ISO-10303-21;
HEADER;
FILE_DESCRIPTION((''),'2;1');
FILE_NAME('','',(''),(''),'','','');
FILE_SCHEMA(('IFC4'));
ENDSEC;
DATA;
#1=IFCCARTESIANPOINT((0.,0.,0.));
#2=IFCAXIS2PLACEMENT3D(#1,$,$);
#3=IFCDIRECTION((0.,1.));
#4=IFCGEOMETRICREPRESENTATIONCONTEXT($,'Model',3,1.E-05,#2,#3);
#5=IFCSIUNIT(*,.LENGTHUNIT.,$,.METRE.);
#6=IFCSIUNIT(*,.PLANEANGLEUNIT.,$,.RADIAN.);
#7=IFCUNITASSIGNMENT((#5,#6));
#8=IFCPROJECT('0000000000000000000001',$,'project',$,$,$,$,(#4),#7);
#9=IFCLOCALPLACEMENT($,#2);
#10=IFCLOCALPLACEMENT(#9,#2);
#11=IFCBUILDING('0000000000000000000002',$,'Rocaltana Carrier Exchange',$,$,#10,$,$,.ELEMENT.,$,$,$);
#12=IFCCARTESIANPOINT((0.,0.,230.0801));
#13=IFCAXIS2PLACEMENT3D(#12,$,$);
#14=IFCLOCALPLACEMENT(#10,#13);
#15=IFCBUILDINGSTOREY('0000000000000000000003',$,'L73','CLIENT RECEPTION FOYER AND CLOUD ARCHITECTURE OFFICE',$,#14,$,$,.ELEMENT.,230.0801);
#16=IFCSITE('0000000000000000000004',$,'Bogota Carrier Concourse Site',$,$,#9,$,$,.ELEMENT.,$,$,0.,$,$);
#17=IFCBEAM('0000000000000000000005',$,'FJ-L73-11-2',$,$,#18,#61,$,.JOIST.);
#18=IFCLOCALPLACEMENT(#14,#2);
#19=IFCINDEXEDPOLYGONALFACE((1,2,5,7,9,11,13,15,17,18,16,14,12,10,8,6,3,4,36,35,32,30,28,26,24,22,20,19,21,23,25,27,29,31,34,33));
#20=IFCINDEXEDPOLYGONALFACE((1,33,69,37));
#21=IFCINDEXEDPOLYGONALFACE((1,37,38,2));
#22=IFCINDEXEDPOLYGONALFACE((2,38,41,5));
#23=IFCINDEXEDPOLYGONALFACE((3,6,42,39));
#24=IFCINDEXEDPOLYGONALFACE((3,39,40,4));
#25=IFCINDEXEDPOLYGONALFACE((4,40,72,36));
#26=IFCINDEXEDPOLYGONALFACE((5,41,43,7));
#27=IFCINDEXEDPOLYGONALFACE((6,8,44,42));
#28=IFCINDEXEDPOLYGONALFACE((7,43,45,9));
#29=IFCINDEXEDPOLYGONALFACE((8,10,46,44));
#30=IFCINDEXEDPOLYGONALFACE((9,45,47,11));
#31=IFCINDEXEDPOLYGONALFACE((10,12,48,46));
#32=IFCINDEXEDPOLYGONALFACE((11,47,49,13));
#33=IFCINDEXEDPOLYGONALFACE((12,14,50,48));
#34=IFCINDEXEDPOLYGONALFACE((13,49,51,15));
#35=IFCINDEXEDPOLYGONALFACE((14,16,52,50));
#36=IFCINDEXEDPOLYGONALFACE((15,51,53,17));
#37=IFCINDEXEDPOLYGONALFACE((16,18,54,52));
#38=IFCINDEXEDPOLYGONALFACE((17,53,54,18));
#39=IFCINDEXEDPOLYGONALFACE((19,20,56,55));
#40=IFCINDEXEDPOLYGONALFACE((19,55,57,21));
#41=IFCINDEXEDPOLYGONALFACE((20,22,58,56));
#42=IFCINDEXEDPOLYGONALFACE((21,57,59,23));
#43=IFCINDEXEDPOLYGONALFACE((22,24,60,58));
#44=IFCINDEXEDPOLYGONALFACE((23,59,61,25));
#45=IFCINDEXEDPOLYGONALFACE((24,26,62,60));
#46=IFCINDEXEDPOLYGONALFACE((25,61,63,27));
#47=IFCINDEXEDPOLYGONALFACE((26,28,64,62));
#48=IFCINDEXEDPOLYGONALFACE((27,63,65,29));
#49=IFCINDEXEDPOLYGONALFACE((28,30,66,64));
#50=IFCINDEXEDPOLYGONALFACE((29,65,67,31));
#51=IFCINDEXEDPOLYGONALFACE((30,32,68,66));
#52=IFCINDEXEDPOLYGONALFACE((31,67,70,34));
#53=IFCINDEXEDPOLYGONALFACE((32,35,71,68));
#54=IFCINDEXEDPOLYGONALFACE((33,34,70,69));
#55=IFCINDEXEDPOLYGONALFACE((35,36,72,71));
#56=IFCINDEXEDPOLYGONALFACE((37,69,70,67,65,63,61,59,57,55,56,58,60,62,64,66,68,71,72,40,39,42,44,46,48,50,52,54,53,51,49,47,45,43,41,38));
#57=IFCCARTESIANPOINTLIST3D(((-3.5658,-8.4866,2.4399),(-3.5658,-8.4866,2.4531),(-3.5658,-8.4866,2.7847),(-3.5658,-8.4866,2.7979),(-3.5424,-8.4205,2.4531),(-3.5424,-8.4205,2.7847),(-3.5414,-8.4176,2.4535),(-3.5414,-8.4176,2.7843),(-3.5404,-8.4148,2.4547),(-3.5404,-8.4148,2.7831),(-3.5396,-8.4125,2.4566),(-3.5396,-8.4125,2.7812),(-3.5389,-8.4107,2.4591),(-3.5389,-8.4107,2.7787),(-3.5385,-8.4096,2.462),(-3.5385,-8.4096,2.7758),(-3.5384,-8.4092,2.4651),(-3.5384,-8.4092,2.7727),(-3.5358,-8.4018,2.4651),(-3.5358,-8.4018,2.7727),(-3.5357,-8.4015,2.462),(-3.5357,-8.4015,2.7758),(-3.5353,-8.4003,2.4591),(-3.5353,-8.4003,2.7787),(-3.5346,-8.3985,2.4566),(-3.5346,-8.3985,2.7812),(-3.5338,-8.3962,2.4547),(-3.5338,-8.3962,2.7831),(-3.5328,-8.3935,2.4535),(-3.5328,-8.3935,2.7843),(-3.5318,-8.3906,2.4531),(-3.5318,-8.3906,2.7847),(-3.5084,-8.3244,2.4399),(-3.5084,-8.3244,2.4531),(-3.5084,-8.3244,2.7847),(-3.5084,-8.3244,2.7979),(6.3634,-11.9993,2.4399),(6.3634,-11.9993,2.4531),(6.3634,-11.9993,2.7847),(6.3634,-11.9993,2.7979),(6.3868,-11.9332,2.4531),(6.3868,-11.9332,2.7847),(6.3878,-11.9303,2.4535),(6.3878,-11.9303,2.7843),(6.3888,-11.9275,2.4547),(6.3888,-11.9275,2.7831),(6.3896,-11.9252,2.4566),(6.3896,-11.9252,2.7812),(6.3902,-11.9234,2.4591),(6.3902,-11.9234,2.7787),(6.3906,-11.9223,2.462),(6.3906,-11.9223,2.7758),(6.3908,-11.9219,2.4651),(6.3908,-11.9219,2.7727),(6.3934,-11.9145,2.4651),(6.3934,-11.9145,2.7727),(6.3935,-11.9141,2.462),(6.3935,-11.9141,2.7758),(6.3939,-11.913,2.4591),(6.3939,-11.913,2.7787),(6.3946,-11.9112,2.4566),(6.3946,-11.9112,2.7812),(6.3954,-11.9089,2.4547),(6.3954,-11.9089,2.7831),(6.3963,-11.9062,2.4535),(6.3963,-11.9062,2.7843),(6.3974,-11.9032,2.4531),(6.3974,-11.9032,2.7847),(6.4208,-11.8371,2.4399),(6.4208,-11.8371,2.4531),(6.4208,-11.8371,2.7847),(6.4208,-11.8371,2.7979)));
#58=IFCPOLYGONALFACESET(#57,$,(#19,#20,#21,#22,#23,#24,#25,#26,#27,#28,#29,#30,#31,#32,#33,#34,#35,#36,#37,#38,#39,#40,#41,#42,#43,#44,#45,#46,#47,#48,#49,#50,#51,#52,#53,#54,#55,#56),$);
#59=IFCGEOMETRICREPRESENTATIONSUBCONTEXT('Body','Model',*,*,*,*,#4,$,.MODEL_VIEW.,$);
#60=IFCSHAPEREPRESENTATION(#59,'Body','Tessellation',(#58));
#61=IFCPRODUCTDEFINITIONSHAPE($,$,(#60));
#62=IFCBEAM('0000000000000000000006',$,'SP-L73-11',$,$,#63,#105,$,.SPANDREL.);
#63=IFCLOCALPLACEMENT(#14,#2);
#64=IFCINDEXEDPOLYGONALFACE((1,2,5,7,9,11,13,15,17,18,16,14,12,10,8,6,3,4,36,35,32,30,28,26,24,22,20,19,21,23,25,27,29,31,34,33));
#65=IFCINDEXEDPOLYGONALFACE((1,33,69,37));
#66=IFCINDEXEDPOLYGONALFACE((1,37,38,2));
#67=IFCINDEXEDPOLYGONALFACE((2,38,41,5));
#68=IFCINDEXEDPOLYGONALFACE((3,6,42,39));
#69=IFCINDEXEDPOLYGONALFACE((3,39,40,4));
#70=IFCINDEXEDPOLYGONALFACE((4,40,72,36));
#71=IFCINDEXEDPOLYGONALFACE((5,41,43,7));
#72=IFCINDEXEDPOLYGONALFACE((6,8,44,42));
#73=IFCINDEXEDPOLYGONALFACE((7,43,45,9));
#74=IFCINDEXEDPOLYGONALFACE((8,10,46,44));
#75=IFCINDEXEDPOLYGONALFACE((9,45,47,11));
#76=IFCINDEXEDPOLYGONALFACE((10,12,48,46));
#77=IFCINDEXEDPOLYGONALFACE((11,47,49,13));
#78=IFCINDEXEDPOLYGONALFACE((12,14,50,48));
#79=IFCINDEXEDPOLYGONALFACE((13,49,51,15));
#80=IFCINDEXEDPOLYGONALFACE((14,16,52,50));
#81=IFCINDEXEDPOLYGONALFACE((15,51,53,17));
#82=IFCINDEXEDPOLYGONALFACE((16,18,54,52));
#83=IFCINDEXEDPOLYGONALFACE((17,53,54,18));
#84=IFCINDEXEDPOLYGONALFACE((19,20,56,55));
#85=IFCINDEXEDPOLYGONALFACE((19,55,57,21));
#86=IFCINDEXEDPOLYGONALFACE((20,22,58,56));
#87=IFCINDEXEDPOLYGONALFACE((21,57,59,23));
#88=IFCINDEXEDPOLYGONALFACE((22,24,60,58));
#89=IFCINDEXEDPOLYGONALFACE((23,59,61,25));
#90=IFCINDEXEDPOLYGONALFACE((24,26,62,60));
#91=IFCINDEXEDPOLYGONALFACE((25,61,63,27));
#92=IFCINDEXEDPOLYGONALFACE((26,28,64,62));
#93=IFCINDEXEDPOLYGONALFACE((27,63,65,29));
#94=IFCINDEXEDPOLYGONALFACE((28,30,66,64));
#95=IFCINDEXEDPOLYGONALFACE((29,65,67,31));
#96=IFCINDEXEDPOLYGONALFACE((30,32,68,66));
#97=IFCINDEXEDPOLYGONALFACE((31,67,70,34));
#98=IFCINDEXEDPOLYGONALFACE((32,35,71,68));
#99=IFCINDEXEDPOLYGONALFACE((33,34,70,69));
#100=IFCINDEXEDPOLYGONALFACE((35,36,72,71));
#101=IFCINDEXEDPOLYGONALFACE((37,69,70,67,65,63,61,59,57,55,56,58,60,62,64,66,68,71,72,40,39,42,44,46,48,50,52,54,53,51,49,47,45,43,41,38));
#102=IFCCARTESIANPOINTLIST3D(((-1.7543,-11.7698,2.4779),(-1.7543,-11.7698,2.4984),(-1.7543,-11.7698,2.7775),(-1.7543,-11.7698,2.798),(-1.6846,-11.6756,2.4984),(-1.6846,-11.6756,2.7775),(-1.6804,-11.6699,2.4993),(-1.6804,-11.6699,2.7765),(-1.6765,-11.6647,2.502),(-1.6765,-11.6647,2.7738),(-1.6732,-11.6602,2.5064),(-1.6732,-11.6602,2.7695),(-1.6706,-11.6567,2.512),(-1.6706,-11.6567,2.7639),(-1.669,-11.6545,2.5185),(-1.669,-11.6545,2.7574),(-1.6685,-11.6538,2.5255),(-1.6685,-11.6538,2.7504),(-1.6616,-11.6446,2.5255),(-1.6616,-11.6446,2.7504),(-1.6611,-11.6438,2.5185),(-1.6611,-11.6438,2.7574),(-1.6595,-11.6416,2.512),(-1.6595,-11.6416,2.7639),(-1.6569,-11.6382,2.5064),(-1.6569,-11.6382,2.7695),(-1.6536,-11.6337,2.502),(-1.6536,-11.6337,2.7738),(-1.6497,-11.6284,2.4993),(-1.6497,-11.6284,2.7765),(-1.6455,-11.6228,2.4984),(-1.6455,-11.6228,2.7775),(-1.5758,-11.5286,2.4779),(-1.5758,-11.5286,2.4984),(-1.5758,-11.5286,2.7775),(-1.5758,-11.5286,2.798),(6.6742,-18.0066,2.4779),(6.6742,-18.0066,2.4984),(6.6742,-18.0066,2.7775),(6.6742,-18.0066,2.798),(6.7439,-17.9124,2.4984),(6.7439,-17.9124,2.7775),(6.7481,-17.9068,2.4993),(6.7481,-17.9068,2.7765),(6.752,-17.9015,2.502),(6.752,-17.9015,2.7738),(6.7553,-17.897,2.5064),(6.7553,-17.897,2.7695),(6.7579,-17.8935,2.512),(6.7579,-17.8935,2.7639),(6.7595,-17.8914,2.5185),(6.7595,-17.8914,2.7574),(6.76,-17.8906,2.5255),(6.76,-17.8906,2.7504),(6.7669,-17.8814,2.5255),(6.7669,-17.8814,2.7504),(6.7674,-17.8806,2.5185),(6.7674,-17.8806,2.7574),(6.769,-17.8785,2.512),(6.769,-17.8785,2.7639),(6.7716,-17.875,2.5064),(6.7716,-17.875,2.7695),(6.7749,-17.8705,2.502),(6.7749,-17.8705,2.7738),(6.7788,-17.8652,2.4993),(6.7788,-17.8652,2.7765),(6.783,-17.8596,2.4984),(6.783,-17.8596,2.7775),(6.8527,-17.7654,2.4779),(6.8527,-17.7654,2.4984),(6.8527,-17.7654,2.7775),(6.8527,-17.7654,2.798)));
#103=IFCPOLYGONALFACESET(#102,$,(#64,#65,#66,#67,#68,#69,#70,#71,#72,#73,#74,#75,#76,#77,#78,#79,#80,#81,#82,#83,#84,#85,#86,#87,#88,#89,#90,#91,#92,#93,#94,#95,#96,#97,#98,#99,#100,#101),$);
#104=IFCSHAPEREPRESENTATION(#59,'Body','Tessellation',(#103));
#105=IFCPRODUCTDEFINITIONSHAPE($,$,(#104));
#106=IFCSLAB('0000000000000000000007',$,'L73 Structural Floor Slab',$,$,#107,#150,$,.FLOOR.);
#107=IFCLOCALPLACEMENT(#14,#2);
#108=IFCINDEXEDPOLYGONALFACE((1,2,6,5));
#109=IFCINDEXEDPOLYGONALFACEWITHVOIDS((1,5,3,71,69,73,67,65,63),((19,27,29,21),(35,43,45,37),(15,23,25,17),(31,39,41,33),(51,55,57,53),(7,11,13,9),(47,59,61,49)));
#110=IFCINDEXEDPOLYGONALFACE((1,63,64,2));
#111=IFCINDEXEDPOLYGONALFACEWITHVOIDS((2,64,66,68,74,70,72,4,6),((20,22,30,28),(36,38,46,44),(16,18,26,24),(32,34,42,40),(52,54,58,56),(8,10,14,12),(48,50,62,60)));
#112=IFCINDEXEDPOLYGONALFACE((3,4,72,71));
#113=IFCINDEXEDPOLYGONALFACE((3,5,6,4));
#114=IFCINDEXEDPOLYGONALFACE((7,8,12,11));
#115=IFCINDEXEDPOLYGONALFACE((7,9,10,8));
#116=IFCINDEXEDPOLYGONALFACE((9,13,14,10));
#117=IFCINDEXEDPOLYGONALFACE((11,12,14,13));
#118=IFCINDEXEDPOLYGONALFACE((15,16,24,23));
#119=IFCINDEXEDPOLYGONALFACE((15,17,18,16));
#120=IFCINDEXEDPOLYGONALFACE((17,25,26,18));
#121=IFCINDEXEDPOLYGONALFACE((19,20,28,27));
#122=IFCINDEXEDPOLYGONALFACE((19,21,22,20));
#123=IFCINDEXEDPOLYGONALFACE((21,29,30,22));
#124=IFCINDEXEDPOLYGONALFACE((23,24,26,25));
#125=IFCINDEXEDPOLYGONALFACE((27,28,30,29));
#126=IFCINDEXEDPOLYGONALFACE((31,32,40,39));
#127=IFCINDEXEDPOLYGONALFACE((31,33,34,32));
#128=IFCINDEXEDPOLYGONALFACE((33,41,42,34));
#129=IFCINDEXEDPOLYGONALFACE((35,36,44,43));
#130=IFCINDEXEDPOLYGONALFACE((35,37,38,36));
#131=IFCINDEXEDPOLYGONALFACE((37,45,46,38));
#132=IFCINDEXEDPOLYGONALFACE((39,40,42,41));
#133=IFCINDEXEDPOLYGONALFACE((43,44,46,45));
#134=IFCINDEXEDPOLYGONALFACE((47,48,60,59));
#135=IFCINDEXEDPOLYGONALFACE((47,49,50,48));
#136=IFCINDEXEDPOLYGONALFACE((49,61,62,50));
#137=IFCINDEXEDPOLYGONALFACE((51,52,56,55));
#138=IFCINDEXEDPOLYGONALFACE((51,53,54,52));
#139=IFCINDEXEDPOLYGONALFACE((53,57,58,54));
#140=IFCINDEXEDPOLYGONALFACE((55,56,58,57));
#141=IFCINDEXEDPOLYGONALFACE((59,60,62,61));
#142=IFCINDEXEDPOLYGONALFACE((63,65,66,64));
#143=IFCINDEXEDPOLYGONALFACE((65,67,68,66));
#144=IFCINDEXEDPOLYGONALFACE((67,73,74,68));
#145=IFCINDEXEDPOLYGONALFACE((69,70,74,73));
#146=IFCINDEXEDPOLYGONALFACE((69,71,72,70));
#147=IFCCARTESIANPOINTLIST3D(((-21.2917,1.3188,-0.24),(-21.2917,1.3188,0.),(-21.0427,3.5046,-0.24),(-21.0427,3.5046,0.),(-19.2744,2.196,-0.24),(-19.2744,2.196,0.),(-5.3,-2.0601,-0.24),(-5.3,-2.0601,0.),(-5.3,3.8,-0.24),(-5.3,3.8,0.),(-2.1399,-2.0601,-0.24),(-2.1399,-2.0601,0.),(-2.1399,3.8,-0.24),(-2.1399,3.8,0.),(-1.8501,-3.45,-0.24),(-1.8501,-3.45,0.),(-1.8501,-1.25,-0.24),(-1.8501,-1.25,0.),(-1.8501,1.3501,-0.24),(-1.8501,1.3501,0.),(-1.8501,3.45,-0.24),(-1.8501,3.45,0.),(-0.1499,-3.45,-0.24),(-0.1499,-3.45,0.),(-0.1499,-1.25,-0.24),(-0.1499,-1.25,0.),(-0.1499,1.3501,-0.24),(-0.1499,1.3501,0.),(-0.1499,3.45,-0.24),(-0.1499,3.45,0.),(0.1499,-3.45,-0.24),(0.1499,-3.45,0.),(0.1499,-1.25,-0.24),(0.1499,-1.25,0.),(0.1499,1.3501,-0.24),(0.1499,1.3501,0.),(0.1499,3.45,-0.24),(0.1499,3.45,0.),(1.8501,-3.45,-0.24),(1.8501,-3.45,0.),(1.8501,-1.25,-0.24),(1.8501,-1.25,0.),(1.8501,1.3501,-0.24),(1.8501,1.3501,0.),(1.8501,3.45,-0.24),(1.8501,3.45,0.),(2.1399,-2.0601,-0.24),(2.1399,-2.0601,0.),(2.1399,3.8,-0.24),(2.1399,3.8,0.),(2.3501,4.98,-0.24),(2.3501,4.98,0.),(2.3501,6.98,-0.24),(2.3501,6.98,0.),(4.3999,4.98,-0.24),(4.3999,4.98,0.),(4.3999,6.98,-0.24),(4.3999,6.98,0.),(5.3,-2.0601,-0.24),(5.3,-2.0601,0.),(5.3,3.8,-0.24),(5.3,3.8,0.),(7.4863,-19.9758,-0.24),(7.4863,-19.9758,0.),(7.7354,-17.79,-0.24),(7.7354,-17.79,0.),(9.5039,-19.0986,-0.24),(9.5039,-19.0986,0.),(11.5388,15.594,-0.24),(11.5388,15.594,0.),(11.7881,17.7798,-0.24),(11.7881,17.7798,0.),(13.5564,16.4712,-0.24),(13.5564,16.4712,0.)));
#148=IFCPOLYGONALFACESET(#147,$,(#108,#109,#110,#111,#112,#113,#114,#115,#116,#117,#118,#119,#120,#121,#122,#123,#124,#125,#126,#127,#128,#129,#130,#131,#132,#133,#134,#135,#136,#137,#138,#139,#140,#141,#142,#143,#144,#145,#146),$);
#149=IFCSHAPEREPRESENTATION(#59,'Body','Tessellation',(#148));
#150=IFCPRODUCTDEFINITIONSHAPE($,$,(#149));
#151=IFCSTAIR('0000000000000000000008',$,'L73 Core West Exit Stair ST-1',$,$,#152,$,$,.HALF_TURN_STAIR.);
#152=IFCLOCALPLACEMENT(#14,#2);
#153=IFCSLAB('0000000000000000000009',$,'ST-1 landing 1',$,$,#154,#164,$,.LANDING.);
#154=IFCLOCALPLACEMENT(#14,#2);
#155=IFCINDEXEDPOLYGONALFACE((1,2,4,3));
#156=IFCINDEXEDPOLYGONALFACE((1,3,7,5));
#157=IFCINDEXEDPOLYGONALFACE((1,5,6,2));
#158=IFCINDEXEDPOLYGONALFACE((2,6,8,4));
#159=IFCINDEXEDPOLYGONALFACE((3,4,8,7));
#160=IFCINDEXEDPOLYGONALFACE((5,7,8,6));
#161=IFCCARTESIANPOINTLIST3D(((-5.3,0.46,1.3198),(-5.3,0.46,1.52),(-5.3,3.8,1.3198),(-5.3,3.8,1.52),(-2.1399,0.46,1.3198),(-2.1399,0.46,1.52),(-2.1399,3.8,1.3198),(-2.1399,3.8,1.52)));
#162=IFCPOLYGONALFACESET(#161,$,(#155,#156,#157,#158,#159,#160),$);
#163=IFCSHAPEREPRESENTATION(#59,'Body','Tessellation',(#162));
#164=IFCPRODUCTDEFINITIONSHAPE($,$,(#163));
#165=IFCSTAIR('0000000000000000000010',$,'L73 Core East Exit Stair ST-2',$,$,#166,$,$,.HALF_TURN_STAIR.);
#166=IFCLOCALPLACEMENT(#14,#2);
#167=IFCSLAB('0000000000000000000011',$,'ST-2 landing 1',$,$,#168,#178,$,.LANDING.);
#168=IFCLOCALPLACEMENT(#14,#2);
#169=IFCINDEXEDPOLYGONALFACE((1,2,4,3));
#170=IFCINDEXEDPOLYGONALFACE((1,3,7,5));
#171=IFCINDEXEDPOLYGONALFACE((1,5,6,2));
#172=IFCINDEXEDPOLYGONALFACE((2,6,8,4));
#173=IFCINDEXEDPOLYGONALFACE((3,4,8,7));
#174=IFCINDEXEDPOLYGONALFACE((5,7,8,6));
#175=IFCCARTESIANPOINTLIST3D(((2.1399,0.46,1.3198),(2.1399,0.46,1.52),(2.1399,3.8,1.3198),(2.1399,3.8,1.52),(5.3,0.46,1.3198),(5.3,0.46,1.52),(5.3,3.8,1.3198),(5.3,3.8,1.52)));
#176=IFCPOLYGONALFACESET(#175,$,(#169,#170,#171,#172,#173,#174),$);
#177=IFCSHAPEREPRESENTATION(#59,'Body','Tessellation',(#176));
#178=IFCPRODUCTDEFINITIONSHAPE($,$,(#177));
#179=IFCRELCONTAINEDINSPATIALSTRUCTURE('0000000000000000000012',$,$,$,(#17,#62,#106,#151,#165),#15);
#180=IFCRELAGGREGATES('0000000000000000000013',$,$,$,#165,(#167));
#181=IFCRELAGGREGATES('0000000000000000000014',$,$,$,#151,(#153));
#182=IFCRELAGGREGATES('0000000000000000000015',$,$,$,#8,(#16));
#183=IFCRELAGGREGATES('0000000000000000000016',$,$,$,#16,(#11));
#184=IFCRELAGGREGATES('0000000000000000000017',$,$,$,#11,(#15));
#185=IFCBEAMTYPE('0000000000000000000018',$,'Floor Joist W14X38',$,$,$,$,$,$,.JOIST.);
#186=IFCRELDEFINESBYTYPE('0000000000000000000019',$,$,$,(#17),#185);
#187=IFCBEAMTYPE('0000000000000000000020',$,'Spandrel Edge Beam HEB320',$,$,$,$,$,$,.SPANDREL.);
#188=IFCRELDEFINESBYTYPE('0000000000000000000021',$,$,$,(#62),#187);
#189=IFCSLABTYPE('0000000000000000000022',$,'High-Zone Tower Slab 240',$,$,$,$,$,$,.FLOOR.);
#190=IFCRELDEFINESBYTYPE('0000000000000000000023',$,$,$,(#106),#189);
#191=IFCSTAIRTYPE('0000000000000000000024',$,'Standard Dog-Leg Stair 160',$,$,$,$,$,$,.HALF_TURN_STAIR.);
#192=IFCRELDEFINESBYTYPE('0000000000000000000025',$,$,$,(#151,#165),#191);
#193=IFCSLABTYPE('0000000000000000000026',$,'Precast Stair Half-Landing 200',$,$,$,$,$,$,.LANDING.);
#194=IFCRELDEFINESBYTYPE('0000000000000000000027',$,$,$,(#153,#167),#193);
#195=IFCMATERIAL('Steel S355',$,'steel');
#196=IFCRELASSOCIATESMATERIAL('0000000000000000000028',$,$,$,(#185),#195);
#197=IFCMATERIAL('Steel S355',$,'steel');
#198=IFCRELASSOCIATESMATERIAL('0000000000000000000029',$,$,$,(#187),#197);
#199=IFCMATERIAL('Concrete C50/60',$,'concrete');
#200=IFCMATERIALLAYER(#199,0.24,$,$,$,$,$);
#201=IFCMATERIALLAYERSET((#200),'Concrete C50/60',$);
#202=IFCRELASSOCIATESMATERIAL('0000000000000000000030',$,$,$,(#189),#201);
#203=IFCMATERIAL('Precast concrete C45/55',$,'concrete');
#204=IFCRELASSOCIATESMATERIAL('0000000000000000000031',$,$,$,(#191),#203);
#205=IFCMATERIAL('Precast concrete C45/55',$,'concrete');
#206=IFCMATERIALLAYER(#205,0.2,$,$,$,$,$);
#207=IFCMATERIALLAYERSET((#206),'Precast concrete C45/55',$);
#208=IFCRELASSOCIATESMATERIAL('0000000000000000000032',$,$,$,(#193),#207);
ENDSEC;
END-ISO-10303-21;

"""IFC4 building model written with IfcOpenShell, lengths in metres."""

from ifc_helpers import new_model, si_unit, direction, frame, origin, origin_2d, place, context, subcontext, project, spatial, polyline, i_section, outline, extrude, material, layer, layer_set, material_profile, profile_set, type_object, element, aggregate, save


model = new_model("IFC4")

# Units and contexts
model_context = context("Model", 3, precision=1e-05, world=origin(), true_north=direction((0.0, 1.0)))
body_context = subcontext(model_context, "Body", "Model", "MODEL_VIEW")
ifc_project = project(units=[si_unit("LENGTHUNIT", "METRE"), si_unit("PLANEANGLEUNIT", "RADIAN")], contexts=[model_context])

# Site, building, storey
site_placement = place(None, origin())
site = spatial("IfcSite", under=ifc_project, at=site_placement, Name="Bogota Carrier Concourse Site", CompositionType="ELEMENT", RefElevation=0.0)
building_placement = place(site_placement, origin())
building = spatial("IfcBuilding", under=site, at=building_placement, Name="Rocaltana Carrier Exchange", CompositionType="ELEMENT")
storey_placement = place(building_placement, frame((0.0, 0.0, 230.0801)))
storey = spatial("IfcBuildingStorey", under=building, at=storey_placement, Name="L73", Description="CLIENT RECEPTION FOYER AND CLOUD ARCHITECTURE OFFICE", CompositionType="ELEMENT", Elevation=230.0801)

# Beams
ifc_material_1 = material(Name="Steel S355", Category="steel")
ifc_material_profile_1 = material_profile(ifc_material_1, i_section(OverallWidth=0.1721, OverallDepth=0.3579, WebThickness=0.0078, FlangeThickness=0.0132, FilletRadius=0.012, at=origin_2d()), Name="W14X38")
ifc_profile_set_1 = profile_set([ifc_material_profile_1], Name="Steel S355")
beam_type_1 = type_object("IfcBeamType", Name="Floor Joist W14X38", PredefinedType="JOIST", material=ifc_profile_set_1)
beam_1_placement = place(storey_placement, frame((-3.5371, -8.4055, 2.6189), z_axis=(0.942744, -0.333518, 0.0), x_axis=(0.333518, 0.942744, 0.0)))
element("IfcBeam", 1, at=beam_1_placement, inside=storey, type_object=beam_type_1, Name="FJ-L73-11-2", PredefinedType="JOIST", context=body_context, shape_type="SweptSolid", body=[
    extrude(i_section(OverallWidth=0.1721, OverallDepth=0.3579, WebThickness=0.0078, FlangeThickness=0.0132, FilletRadius=0.012, at=origin_2d()), origin(), (0.0, 0.0, 1.0), 10.5322),
])
ifc_material_2 = material(Name="Steel S355", Category="steel")
ifc_material_profile_2 = material_profile(ifc_material_2, i_section(OverallWidth=0.3, OverallDepth=0.3201, WebThickness=0.0115, FlangeThickness=0.0205, FilletRadius=0.0271, at=origin_2d()), Name="HEB320")
ifc_profile_set_2 = profile_set([ifc_material_profile_2], Name="Steel S355")
beam_type_2 = type_object("IfcBeamType", Name="Spandrel Edge Beam HEB320", PredefinedType="SPANDREL", material=ifc_profile_set_2)
beam_2_placement = place(storey_placement, frame((-1.665, -11.6492, 2.6379), z_axis=(0.803853, -0.594828, 0.0), x_axis=(0.594828, 0.803853, 0.0)))
element("IfcBeam", 2, at=beam_2_placement, inside=storey, type_object=beam_type_2, Name="SP-L73-11", PredefinedType="SPANDREL", context=body_context, shape_type="SweptSolid", body=[
    extrude(i_section(OverallWidth=0.3, OverallDepth=0.3201, WebThickness=0.0115, FlangeThickness=0.0205, FilletRadius=0.0271, at=origin_2d()), origin(), (0.0, 0.0, 1.0), 10.4851),
])

# Slab
ifc_material_3 = material(Name="Concrete C50/60", Category="concrete")
ifc_layer_1 = layer(ifc_material_3, 0.24)
ifc_layer_set_1 = layer_set([ifc_layer_1], Name="Concrete C50/60")
slab_type_1 = type_object("IfcSlabType", Name="High-Zone Tower Slab 240", PredefinedType="FLOOR", material=ifc_layer_set_1)
slab_1_placement = place(storey_placement, frame((0.0, 0.0, -0.24)))
element("IfcSlab", 3, at=slab_1_placement, inside=storey, type_object=slab_type_1, Name="L73 Structural Floor Slab", PredefinedType="FLOOR", context=body_context, shape_type="SweptSolid", body=[
    extrude(outline(polyline([(7.4863, -19.9758), (7.7354, -17.79), (9.5039, -19.0986), (13.5564, 16.4712), (11.5388, 15.594), (11.7881, 17.7798), (-21.0427, 3.5046), (-19.2744, 2.196), (-21.2917, 1.3188), (7.4863, -19.9758)]), holes=[polyline([(-5.3, -2.0601), (-2.1399, -2.0601), (-2.1399, 3.8), (-5.3, 3.8), (-5.3, -2.0601)]), polyline([(2.1399, -2.0601), (5.3, -2.0601), (5.3, 3.8), (2.1399, 3.8), (2.1399, -2.0601)]), polyline([(-1.8501, -3.45), (-0.1499, -3.45), (-0.1499, -1.25), (-1.8501, -1.25), (-1.8501, -3.45)]), polyline([(0.1499, -3.45), (1.8501, -3.45), (1.8501, -1.25), (0.1499, -1.25), (0.1499, -3.45)]), polyline([(2.3501, 4.98), (4.3999, 4.98), (4.3999, 6.98), (2.3501, 6.98), (2.3501, 4.98)]), polyline([(-1.8501, 1.3501), (-0.1499, 1.3501), (-0.1499, 3.45), (-1.8501, 3.45), (-1.8501, 1.3501)]), polyline([(0.1499, 1.3501), (1.8501, 1.3501), (1.8501, 3.45), (0.1499, 3.45), (0.1499, 1.3501)])]), origin(), (0.0, 0.0, 1.0), 0.24),
])

# Stairs, slabs
ifc_material_4 = material(Name="Precast concrete C45/55", Category="concrete")
stair_type = type_object("IfcStairType", Name="Standard Dog-Leg Stair 160", PredefinedType="HALF_TURN_STAIR", material=ifc_material_4)
stair_1_placement = place(storey_placement, origin())
stair_1 = element("IfcStair", 4, at=stair_1_placement, inside=storey, type_object=stair_type, Name="L73 Core West Exit Stair ST-1", PredefinedType="HALF_TURN_STAIR")
ifc_material_5 = material(Name="Precast concrete C45/55", Category="concrete")
ifc_layer_2 = layer(ifc_material_5, 0.2)
ifc_layer_set_2 = layer_set([ifc_layer_2], Name="Precast concrete C45/55")
slab_type_2 = type_object("IfcSlabType", Name="Precast Stair Half-Landing 200", PredefinedType="LANDING", material=ifc_layer_set_2)
slab_2_placement = place(storey_placement, frame((0.0, 0.0, 1.3198)))
slab_2 = element("IfcSlab", 5, at=slab_2_placement, type_object=slab_type_2, Name="ST-1 landing 1", PredefinedType="LANDING", context=body_context, shape_type="SweptSolid", body=[
    extrude(outline(polyline([(-2.1399, 0.46), (-2.1399, 3.8), (-5.3, 3.8), (-5.3, 0.46), (-2.1399, 0.46)])), origin(), (0.0, 0.0, 1.0), 0.2002),
])
stair_2_placement = place(storey_placement, origin())
stair_2 = element("IfcStair", 6, at=stair_2_placement, inside=storey, type_object=stair_type, Name="L73 Core East Exit Stair ST-2", PredefinedType="HALF_TURN_STAIR")
slab_3_placement = place(storey_placement, frame((0.0, 0.0, 1.3198)))
slab_3 = element("IfcSlab", 7, at=slab_3_placement, type_object=slab_type_2, Name="ST-2 landing 1", PredefinedType="LANDING", context=body_context, shape_type="SweptSolid", body=[
    extrude(outline(polyline([(5.3, 0.46), (5.3, 3.8), (2.1399, 3.8), (2.1399, 0.46), (5.3, 0.46)])), origin(), (0.0, 0.0, 1.0), 0.2002),
])
aggregate(stair_2, [slab_3])

aggregate(stair_1, [slab_2])

save(model, "model.ifc")
